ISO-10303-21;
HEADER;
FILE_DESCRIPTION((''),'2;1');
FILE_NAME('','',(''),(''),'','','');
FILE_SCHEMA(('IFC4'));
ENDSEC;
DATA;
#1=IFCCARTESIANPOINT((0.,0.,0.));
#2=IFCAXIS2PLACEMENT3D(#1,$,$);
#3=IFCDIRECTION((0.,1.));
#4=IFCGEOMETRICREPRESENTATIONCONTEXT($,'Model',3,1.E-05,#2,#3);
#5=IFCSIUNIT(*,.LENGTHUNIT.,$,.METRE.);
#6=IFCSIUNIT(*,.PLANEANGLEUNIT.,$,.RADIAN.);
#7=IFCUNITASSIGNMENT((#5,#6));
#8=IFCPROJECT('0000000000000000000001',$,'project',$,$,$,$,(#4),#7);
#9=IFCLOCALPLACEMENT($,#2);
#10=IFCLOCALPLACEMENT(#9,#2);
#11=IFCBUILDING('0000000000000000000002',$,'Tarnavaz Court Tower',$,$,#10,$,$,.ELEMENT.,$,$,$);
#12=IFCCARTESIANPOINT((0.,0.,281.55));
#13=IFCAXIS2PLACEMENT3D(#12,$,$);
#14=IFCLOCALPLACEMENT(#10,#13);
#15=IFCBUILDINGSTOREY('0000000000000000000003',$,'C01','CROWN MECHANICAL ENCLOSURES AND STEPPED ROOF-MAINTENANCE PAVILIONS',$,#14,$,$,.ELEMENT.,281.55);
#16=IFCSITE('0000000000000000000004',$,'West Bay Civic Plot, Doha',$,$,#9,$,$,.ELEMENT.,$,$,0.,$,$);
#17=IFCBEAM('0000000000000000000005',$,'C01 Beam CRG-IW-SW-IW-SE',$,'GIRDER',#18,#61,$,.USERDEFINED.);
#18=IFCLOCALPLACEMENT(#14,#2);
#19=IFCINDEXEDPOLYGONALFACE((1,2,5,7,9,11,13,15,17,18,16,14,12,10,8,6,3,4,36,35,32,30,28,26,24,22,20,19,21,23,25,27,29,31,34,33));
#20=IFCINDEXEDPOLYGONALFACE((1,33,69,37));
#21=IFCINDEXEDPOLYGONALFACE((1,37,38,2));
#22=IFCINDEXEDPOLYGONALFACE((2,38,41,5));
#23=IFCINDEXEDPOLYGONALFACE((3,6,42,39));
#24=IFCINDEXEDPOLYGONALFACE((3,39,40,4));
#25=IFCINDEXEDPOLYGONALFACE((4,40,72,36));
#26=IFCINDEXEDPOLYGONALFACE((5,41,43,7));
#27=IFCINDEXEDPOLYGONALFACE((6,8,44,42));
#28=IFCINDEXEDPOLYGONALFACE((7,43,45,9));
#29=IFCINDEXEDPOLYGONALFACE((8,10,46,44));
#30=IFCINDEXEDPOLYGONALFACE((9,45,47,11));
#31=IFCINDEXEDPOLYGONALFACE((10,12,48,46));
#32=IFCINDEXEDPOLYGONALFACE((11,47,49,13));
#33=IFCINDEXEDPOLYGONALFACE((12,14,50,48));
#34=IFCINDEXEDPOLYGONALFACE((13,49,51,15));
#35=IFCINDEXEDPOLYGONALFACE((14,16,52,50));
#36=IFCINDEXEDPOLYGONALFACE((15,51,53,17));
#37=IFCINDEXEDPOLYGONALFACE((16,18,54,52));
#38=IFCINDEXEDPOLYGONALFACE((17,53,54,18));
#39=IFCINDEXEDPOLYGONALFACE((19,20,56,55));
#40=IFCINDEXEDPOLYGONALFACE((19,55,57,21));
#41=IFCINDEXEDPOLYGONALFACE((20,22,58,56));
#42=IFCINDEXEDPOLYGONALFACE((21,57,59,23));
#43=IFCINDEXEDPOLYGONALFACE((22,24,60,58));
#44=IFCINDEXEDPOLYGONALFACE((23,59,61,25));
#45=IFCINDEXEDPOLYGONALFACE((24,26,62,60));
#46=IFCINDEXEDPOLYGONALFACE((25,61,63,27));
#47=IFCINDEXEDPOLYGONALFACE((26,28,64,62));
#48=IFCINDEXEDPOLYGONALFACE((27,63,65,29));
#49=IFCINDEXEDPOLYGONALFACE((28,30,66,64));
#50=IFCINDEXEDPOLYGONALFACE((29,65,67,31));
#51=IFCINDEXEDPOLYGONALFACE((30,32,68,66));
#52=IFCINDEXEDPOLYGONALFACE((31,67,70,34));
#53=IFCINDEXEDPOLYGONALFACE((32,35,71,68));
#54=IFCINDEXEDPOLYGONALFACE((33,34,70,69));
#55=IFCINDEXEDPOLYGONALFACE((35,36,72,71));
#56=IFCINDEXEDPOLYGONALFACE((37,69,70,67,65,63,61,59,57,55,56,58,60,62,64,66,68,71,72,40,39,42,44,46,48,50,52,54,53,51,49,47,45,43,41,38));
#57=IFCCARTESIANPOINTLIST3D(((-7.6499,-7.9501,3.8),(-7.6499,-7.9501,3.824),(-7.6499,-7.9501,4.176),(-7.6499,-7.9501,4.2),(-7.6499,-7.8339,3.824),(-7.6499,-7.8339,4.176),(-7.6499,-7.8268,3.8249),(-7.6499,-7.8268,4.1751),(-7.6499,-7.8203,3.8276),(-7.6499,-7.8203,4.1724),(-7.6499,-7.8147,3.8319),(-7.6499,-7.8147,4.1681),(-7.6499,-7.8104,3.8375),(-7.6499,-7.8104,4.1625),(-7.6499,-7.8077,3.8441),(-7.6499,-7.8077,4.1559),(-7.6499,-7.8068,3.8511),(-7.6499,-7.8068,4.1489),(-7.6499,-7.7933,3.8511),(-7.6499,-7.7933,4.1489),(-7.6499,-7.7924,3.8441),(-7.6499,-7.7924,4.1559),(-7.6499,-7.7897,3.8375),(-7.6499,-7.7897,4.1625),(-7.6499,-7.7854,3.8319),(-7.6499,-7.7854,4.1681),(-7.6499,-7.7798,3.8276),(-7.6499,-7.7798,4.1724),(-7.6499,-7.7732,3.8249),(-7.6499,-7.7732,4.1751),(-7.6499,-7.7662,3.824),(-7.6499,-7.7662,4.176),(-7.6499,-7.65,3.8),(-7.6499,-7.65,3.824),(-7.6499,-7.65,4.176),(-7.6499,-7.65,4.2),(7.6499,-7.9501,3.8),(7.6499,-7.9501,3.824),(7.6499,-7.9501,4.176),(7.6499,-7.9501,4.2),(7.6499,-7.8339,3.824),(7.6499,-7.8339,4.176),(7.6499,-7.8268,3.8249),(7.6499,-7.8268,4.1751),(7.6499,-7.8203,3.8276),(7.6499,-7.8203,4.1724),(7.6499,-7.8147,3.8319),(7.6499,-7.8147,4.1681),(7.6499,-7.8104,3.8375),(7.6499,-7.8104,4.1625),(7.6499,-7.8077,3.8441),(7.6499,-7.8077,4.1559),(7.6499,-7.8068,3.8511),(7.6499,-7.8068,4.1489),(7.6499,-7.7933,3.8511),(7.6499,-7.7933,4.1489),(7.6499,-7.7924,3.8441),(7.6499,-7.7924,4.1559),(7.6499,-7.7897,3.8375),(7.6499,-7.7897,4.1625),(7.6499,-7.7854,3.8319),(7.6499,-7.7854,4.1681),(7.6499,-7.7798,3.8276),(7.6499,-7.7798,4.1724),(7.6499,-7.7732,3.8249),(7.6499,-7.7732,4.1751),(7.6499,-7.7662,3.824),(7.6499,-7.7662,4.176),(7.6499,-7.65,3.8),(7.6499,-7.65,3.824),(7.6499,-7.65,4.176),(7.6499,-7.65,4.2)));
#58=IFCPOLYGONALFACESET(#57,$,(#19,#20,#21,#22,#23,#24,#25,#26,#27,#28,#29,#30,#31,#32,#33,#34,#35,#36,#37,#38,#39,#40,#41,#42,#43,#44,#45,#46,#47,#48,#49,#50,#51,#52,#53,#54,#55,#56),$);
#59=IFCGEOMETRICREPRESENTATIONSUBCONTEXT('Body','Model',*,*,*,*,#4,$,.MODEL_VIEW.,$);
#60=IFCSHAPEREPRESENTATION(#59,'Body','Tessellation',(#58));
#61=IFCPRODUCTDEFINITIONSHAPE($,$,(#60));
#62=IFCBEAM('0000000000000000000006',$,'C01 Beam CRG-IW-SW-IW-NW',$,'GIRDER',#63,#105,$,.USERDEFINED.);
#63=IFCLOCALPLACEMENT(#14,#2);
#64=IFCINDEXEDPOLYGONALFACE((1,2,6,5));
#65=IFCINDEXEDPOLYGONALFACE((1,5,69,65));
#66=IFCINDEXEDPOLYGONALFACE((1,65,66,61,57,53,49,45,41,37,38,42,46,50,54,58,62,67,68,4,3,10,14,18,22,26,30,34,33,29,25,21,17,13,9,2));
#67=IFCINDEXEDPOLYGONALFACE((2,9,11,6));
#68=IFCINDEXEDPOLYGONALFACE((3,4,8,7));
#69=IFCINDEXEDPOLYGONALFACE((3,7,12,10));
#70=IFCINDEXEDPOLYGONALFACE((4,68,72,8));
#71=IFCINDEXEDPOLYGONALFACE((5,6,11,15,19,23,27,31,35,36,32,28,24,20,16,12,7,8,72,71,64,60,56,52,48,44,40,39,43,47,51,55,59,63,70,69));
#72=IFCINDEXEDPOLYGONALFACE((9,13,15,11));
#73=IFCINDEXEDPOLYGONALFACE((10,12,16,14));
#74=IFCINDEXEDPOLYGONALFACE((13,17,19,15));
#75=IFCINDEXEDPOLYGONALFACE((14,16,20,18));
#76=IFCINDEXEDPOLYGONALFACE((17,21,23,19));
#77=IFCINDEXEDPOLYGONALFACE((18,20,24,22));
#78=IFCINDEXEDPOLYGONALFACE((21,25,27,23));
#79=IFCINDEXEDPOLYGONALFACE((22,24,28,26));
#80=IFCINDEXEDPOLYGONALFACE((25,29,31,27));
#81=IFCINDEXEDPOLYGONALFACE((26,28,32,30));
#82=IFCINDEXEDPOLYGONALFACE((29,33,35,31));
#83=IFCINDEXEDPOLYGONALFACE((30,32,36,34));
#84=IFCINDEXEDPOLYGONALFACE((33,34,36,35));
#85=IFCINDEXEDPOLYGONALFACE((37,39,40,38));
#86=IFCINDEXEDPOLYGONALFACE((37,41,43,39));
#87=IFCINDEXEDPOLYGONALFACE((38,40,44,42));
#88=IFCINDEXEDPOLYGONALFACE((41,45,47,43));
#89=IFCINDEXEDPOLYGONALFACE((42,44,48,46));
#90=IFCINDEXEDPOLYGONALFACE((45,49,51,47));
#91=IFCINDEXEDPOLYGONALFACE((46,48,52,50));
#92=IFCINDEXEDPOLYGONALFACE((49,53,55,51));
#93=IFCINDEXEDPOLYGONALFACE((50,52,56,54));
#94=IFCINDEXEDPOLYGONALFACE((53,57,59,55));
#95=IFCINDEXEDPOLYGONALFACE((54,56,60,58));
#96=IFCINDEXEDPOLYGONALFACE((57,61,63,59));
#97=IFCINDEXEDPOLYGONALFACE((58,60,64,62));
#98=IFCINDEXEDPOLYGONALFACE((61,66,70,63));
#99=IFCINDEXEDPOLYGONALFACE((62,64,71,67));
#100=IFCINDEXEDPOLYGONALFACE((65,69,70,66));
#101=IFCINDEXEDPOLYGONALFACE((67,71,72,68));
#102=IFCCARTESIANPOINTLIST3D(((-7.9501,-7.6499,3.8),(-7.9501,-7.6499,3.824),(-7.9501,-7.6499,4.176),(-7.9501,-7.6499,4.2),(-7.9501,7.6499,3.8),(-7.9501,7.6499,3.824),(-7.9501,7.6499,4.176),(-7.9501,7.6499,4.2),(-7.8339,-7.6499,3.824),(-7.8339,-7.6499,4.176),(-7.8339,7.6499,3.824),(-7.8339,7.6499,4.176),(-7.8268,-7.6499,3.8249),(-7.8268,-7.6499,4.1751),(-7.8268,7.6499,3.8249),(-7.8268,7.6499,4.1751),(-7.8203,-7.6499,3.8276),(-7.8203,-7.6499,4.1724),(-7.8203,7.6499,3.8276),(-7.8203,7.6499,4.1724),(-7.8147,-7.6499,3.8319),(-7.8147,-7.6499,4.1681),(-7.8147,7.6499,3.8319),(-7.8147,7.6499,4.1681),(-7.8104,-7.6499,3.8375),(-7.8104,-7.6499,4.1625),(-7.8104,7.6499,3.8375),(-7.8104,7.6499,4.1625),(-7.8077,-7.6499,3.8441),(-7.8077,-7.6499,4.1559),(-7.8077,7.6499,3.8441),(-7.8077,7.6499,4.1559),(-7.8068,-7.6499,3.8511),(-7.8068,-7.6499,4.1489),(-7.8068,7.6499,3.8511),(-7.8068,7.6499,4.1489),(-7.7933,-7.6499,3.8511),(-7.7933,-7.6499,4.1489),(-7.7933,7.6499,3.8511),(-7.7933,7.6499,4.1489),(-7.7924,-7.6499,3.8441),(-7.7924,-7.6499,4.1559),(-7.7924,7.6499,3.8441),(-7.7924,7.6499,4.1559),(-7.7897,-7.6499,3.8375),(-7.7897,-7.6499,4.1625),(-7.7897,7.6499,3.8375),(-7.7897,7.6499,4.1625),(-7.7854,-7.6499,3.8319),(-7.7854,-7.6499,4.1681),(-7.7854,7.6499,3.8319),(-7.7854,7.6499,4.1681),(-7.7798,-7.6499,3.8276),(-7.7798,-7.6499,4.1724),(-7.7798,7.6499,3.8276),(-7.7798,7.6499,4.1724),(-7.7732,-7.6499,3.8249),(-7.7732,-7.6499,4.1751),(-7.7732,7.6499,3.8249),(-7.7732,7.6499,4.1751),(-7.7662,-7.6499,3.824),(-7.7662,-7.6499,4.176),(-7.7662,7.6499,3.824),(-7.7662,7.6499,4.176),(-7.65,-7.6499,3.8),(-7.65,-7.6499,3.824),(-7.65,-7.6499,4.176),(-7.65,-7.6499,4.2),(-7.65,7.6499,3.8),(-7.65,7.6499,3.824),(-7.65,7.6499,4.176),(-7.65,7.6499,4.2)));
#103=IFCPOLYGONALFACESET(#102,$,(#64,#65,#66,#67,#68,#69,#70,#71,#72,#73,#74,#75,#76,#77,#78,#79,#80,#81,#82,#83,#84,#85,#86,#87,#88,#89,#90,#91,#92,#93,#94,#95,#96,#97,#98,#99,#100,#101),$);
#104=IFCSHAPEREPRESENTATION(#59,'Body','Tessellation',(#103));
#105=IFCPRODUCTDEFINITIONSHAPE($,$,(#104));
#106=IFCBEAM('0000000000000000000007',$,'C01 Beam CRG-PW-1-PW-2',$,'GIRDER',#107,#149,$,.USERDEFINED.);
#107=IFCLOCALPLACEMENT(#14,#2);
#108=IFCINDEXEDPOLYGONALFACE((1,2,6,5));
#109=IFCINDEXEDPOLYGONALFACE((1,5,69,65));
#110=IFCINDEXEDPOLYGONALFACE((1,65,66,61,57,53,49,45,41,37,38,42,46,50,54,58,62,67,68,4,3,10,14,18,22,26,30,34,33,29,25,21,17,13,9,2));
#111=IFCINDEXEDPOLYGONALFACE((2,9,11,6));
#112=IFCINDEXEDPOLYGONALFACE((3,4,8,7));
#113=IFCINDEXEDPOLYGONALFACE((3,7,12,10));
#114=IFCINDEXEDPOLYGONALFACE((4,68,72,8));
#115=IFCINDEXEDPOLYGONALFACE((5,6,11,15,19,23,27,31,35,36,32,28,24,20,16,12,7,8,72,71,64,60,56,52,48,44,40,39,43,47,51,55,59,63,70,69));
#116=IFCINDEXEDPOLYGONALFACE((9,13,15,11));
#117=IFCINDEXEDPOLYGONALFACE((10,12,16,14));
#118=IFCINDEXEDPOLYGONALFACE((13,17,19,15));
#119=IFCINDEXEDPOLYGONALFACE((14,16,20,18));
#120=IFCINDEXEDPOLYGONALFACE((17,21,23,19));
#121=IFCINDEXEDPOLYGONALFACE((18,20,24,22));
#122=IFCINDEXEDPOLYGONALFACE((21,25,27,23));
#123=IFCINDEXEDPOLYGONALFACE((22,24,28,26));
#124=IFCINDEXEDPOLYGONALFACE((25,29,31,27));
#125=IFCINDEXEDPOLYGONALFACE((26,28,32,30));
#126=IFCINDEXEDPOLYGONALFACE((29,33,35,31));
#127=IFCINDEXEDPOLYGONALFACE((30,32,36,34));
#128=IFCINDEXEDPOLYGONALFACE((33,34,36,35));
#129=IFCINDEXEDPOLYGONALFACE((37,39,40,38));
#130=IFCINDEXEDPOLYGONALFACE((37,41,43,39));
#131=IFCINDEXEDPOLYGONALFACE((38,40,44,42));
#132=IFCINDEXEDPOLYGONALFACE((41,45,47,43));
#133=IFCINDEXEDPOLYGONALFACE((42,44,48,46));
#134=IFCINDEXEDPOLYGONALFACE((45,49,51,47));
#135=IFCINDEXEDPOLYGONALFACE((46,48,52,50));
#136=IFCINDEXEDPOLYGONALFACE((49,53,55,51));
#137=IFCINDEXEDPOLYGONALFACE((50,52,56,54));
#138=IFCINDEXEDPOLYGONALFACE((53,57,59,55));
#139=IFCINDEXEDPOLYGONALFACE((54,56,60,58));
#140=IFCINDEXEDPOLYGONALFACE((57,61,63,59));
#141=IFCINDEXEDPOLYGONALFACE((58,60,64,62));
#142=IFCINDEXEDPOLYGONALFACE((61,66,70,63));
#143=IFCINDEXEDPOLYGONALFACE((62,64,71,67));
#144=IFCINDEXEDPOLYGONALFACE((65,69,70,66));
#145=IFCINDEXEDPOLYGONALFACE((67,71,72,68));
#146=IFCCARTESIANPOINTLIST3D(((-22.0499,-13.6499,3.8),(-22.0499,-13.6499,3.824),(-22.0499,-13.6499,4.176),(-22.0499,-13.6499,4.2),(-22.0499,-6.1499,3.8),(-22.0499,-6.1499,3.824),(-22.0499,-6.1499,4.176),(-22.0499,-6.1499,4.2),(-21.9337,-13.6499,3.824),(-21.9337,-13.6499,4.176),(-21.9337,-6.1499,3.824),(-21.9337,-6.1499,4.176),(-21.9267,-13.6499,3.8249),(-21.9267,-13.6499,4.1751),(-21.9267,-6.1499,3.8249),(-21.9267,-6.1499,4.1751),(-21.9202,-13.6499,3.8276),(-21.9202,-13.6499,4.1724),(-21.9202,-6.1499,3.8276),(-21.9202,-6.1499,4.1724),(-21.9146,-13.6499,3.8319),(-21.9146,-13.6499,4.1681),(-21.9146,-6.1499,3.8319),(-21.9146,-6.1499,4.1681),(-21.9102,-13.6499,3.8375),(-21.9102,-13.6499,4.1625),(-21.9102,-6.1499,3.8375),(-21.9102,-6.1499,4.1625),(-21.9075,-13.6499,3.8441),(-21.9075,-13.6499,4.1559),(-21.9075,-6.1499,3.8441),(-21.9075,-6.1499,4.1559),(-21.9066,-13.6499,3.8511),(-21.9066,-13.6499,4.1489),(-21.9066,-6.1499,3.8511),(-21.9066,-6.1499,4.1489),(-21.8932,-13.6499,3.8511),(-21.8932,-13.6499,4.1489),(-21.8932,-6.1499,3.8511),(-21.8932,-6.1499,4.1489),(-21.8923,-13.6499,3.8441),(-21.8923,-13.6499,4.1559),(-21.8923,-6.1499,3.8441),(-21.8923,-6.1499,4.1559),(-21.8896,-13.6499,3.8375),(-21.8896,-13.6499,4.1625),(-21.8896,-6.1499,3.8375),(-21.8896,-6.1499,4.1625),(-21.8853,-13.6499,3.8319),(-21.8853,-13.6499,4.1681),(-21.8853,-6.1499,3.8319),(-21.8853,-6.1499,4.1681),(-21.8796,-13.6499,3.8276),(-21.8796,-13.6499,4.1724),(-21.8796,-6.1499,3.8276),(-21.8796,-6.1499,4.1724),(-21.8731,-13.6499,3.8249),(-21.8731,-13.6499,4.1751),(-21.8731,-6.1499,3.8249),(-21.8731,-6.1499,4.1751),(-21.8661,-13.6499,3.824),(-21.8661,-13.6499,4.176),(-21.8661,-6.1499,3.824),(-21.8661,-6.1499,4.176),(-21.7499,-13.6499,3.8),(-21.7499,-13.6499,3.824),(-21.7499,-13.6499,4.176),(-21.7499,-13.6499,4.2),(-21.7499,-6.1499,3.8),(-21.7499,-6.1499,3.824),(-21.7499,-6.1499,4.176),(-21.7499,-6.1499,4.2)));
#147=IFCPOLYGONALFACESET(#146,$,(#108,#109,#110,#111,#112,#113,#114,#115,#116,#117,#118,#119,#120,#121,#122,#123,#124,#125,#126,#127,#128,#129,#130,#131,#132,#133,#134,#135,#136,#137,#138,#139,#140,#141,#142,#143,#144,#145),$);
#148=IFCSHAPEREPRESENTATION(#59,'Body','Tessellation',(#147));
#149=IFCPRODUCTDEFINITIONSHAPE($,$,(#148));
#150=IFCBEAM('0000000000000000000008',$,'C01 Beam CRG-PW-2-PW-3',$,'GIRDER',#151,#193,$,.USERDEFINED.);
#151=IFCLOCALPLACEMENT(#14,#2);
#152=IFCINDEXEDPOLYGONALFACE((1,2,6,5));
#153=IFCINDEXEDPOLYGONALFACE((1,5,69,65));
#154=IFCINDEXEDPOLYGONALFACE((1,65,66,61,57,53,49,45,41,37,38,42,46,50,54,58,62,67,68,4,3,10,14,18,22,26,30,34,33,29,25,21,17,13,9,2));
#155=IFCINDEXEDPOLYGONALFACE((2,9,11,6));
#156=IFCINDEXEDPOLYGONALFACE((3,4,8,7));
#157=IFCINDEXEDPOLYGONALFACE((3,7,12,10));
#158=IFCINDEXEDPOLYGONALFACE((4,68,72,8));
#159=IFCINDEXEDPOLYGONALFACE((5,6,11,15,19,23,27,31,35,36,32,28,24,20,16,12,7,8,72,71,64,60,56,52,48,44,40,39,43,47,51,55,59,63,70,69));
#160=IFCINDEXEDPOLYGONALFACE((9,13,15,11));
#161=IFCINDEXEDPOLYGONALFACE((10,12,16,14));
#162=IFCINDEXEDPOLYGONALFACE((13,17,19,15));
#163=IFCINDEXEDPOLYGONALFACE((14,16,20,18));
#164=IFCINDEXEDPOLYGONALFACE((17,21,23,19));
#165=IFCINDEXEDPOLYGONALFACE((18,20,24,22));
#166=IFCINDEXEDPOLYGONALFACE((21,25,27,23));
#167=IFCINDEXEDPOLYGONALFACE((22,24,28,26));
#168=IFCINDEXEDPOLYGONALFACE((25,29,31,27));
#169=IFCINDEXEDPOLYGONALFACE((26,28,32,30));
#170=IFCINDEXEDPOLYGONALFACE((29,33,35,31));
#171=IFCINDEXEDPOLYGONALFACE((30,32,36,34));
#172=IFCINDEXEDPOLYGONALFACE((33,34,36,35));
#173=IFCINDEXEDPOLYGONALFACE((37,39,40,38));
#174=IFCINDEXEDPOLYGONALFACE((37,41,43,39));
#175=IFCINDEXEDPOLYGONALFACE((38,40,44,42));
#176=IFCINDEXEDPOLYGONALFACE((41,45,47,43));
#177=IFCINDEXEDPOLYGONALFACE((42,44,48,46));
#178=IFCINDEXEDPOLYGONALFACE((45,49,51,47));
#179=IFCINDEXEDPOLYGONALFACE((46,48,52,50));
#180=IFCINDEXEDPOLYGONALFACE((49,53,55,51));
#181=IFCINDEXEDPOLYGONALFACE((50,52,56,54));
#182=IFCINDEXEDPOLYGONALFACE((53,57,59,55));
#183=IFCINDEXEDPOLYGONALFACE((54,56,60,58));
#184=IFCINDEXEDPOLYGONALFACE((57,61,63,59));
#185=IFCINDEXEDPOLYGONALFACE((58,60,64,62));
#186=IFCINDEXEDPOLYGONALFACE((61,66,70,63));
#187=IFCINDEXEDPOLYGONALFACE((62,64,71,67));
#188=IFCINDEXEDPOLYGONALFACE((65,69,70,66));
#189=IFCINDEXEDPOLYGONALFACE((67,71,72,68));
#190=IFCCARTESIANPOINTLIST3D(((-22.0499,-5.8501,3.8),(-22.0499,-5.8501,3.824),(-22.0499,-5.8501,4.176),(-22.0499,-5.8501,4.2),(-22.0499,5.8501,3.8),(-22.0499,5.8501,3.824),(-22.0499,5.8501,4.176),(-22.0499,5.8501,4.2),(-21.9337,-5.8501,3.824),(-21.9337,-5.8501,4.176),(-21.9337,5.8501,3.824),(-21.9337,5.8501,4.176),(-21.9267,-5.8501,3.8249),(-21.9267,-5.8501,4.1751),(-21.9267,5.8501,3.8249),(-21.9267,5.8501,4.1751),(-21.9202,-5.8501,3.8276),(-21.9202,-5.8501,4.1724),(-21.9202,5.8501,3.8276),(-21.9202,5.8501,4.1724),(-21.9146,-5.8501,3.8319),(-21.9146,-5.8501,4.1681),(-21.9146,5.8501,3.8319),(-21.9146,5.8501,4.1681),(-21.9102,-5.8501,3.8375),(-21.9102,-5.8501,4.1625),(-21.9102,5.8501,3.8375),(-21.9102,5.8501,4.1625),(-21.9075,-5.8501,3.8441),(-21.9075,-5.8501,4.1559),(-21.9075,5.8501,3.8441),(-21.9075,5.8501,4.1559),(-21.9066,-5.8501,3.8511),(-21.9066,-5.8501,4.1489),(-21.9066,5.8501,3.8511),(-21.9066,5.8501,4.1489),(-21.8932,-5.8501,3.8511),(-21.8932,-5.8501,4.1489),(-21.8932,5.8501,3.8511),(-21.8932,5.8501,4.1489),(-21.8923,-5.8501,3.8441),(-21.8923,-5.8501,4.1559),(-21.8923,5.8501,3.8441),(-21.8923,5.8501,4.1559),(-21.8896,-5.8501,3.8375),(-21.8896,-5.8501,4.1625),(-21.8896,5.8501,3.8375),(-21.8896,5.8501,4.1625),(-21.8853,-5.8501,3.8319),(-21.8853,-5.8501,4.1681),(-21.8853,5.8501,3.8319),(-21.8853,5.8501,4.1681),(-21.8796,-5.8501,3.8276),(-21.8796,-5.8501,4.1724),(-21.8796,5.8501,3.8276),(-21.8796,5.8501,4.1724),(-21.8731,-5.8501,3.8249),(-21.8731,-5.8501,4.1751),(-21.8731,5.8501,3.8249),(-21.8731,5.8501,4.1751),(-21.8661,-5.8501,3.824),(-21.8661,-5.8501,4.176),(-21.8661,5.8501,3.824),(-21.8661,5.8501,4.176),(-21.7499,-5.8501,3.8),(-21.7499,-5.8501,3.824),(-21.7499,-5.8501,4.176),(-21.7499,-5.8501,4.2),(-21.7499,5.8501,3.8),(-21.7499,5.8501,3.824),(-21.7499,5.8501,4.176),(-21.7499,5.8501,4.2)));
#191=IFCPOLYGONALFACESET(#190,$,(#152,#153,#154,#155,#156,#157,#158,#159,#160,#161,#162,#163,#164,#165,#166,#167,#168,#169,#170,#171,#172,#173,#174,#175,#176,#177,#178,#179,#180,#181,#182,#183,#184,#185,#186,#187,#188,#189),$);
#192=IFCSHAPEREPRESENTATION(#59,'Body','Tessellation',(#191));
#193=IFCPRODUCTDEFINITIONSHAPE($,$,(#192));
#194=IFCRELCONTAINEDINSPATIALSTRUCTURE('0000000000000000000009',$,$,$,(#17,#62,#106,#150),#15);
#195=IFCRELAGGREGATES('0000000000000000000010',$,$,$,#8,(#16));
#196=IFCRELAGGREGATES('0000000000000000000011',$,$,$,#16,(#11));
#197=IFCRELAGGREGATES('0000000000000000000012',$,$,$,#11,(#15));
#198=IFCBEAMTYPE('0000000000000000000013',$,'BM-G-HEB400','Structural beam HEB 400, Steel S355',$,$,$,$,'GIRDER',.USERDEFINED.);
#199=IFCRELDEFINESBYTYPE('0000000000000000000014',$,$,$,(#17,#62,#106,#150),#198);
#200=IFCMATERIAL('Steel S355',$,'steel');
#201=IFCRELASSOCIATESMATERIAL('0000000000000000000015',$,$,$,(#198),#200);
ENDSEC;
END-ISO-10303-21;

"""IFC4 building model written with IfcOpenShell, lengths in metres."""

from ifc_helpers import new_model, si_unit, direction, frame, origin, origin_2d, place, context, subcontext, project, spatial, i_section, extrude, material, material_profile, profile_set, type_object, element, save


model = new_model("IFC4")

# Units and contexts
model_context = context("Model", 3, precision=1e-05, world=origin(), true_north=direction((0.0, 1.0)))
body_context = subcontext(model_context, "Body", "Model", "MODEL_VIEW")
ifc_project = project(units=[si_unit("LENGTHUNIT", "METRE"), si_unit("PLANEANGLEUNIT", "RADIAN")], contexts=[model_context])

# Site, building, storey
site_placement = place(None, origin())
site = spatial("IfcSite", under=ifc_project, at=site_placement, Name="West Bay Civic Plot, Doha", CompositionType="ELEMENT", RefElevation=0.0)
building_placement = place(site_placement, origin())
building = spatial("IfcBuilding", under=site, at=building_placement, Name="Tarnavaz Court Tower", CompositionType="ELEMENT")
storey_placement = place(building_placement, frame((0.0, 0.0, 281.55)))
storey = spatial("IfcBuildingStorey", under=building, at=storey_placement, Name="C01", Description="CROWN MECHANICAL ENCLOSURES AND STEPPED ROOF-MAINTENANCE PAVILIONS", CompositionType="ELEMENT", Elevation=281.55)

# Shared definitions
ifc_material_1 = material(Name="Steel S355", Category="steel")

# Beams
ifc_material_profile_1 = material_profile(ifc_material_1, i_section(OverallWidth=0.3, OverallDepth=0.3999, WebThickness=0.0134, FlangeThickness=0.0239, FilletRadius=0.0271, at=origin_2d()), Name="HEB 400")
ifc_profile_set_1 = profile_set([ifc_material_profile_1], Name="Steel S355")
beam_type_1 = type_object("IfcBeamType", Name="BM-G-HEB400", Description="Structural beam HEB 400, Steel S355", ElementType="GIRDER", PredefinedType="USERDEFINED", material=ifc_profile_set_1)
for number, where, z_axis, x_axis, name in (
    (1, (-7.6499, -7.8, 4.0), (1.0, 0.0, 0.0), (0.0, 1.0, 0.0), "C01 Beam CRG-IW-SW-IW-SE"),
    (2, (-7.8, -7.6499, 4.0), (0.0, 1.0, 0.0), (-1.0, 0.0, 0.0), "C01 Beam CRG-IW-SW-IW-NW"),
):
    element("IfcBeam", number, at=place(storey_placement, frame(where, z_axis=z_axis, x_axis=x_axis)), inside=storey, type_object=beam_type_1, Name=name, ObjectType="GIRDER", PredefinedType="USERDEFINED", context=body_context, shape_type="SweptSolid", body=[
        extrude(i_section(OverallWidth=0.3, OverallDepth=0.3999, WebThickness=0.0134, FlangeThickness=0.0239, FilletRadius=0.0271, at=origin_2d()), origin(), (0.0, 0.0, 1.0), 15.2998),
    ])
beam_1_placement = place(storey_placement, frame((-21.8999, -13.6499, 4.0), z_axis=(0.0, 1.0, 0.0), x_axis=(-1.0, 0.0, 0.0)))
element("IfcBeam", 3, at=beam_1_placement, inside=storey, type_object=beam_type_1, Name="C01 Beam CRG-PW-1-PW-2", ObjectType="GIRDER", PredefinedType="USERDEFINED", context=body_context, shape_type="SweptSolid", body=[
    extrude(i_section(OverallWidth=0.3, OverallDepth=0.3999, WebThickness=0.0134, FlangeThickness=0.0239, FilletRadius=0.0271, at=origin_2d()), origin(), (0.0, 0.0, 1.0), 7.5),
])
beam_2_placement = place(storey_placement, frame((-21.8999, -5.8501, 4.0), z_axis=(0.0, 1.0, 0.0), x_axis=(-1.0, 0.0, 0.0)))
element("IfcBeam", 4, at=beam_2_placement, inside=storey, type_object=beam_type_1, Name="C01 Beam CRG-PW-2-PW-3", ObjectType="GIRDER", PredefinedType="USERDEFINED", context=body_context, shape_type="SweptSolid", body=[
    extrude(i_section(OverallWidth=0.3, OverallDepth=0.3999, WebThickness=0.0134, FlangeThickness=0.0239, FilletRadius=0.0271, at=origin_2d()), origin(), (0.0, 0.0, 1.0), 11.7002),
])

save(model, "model.ifc")
